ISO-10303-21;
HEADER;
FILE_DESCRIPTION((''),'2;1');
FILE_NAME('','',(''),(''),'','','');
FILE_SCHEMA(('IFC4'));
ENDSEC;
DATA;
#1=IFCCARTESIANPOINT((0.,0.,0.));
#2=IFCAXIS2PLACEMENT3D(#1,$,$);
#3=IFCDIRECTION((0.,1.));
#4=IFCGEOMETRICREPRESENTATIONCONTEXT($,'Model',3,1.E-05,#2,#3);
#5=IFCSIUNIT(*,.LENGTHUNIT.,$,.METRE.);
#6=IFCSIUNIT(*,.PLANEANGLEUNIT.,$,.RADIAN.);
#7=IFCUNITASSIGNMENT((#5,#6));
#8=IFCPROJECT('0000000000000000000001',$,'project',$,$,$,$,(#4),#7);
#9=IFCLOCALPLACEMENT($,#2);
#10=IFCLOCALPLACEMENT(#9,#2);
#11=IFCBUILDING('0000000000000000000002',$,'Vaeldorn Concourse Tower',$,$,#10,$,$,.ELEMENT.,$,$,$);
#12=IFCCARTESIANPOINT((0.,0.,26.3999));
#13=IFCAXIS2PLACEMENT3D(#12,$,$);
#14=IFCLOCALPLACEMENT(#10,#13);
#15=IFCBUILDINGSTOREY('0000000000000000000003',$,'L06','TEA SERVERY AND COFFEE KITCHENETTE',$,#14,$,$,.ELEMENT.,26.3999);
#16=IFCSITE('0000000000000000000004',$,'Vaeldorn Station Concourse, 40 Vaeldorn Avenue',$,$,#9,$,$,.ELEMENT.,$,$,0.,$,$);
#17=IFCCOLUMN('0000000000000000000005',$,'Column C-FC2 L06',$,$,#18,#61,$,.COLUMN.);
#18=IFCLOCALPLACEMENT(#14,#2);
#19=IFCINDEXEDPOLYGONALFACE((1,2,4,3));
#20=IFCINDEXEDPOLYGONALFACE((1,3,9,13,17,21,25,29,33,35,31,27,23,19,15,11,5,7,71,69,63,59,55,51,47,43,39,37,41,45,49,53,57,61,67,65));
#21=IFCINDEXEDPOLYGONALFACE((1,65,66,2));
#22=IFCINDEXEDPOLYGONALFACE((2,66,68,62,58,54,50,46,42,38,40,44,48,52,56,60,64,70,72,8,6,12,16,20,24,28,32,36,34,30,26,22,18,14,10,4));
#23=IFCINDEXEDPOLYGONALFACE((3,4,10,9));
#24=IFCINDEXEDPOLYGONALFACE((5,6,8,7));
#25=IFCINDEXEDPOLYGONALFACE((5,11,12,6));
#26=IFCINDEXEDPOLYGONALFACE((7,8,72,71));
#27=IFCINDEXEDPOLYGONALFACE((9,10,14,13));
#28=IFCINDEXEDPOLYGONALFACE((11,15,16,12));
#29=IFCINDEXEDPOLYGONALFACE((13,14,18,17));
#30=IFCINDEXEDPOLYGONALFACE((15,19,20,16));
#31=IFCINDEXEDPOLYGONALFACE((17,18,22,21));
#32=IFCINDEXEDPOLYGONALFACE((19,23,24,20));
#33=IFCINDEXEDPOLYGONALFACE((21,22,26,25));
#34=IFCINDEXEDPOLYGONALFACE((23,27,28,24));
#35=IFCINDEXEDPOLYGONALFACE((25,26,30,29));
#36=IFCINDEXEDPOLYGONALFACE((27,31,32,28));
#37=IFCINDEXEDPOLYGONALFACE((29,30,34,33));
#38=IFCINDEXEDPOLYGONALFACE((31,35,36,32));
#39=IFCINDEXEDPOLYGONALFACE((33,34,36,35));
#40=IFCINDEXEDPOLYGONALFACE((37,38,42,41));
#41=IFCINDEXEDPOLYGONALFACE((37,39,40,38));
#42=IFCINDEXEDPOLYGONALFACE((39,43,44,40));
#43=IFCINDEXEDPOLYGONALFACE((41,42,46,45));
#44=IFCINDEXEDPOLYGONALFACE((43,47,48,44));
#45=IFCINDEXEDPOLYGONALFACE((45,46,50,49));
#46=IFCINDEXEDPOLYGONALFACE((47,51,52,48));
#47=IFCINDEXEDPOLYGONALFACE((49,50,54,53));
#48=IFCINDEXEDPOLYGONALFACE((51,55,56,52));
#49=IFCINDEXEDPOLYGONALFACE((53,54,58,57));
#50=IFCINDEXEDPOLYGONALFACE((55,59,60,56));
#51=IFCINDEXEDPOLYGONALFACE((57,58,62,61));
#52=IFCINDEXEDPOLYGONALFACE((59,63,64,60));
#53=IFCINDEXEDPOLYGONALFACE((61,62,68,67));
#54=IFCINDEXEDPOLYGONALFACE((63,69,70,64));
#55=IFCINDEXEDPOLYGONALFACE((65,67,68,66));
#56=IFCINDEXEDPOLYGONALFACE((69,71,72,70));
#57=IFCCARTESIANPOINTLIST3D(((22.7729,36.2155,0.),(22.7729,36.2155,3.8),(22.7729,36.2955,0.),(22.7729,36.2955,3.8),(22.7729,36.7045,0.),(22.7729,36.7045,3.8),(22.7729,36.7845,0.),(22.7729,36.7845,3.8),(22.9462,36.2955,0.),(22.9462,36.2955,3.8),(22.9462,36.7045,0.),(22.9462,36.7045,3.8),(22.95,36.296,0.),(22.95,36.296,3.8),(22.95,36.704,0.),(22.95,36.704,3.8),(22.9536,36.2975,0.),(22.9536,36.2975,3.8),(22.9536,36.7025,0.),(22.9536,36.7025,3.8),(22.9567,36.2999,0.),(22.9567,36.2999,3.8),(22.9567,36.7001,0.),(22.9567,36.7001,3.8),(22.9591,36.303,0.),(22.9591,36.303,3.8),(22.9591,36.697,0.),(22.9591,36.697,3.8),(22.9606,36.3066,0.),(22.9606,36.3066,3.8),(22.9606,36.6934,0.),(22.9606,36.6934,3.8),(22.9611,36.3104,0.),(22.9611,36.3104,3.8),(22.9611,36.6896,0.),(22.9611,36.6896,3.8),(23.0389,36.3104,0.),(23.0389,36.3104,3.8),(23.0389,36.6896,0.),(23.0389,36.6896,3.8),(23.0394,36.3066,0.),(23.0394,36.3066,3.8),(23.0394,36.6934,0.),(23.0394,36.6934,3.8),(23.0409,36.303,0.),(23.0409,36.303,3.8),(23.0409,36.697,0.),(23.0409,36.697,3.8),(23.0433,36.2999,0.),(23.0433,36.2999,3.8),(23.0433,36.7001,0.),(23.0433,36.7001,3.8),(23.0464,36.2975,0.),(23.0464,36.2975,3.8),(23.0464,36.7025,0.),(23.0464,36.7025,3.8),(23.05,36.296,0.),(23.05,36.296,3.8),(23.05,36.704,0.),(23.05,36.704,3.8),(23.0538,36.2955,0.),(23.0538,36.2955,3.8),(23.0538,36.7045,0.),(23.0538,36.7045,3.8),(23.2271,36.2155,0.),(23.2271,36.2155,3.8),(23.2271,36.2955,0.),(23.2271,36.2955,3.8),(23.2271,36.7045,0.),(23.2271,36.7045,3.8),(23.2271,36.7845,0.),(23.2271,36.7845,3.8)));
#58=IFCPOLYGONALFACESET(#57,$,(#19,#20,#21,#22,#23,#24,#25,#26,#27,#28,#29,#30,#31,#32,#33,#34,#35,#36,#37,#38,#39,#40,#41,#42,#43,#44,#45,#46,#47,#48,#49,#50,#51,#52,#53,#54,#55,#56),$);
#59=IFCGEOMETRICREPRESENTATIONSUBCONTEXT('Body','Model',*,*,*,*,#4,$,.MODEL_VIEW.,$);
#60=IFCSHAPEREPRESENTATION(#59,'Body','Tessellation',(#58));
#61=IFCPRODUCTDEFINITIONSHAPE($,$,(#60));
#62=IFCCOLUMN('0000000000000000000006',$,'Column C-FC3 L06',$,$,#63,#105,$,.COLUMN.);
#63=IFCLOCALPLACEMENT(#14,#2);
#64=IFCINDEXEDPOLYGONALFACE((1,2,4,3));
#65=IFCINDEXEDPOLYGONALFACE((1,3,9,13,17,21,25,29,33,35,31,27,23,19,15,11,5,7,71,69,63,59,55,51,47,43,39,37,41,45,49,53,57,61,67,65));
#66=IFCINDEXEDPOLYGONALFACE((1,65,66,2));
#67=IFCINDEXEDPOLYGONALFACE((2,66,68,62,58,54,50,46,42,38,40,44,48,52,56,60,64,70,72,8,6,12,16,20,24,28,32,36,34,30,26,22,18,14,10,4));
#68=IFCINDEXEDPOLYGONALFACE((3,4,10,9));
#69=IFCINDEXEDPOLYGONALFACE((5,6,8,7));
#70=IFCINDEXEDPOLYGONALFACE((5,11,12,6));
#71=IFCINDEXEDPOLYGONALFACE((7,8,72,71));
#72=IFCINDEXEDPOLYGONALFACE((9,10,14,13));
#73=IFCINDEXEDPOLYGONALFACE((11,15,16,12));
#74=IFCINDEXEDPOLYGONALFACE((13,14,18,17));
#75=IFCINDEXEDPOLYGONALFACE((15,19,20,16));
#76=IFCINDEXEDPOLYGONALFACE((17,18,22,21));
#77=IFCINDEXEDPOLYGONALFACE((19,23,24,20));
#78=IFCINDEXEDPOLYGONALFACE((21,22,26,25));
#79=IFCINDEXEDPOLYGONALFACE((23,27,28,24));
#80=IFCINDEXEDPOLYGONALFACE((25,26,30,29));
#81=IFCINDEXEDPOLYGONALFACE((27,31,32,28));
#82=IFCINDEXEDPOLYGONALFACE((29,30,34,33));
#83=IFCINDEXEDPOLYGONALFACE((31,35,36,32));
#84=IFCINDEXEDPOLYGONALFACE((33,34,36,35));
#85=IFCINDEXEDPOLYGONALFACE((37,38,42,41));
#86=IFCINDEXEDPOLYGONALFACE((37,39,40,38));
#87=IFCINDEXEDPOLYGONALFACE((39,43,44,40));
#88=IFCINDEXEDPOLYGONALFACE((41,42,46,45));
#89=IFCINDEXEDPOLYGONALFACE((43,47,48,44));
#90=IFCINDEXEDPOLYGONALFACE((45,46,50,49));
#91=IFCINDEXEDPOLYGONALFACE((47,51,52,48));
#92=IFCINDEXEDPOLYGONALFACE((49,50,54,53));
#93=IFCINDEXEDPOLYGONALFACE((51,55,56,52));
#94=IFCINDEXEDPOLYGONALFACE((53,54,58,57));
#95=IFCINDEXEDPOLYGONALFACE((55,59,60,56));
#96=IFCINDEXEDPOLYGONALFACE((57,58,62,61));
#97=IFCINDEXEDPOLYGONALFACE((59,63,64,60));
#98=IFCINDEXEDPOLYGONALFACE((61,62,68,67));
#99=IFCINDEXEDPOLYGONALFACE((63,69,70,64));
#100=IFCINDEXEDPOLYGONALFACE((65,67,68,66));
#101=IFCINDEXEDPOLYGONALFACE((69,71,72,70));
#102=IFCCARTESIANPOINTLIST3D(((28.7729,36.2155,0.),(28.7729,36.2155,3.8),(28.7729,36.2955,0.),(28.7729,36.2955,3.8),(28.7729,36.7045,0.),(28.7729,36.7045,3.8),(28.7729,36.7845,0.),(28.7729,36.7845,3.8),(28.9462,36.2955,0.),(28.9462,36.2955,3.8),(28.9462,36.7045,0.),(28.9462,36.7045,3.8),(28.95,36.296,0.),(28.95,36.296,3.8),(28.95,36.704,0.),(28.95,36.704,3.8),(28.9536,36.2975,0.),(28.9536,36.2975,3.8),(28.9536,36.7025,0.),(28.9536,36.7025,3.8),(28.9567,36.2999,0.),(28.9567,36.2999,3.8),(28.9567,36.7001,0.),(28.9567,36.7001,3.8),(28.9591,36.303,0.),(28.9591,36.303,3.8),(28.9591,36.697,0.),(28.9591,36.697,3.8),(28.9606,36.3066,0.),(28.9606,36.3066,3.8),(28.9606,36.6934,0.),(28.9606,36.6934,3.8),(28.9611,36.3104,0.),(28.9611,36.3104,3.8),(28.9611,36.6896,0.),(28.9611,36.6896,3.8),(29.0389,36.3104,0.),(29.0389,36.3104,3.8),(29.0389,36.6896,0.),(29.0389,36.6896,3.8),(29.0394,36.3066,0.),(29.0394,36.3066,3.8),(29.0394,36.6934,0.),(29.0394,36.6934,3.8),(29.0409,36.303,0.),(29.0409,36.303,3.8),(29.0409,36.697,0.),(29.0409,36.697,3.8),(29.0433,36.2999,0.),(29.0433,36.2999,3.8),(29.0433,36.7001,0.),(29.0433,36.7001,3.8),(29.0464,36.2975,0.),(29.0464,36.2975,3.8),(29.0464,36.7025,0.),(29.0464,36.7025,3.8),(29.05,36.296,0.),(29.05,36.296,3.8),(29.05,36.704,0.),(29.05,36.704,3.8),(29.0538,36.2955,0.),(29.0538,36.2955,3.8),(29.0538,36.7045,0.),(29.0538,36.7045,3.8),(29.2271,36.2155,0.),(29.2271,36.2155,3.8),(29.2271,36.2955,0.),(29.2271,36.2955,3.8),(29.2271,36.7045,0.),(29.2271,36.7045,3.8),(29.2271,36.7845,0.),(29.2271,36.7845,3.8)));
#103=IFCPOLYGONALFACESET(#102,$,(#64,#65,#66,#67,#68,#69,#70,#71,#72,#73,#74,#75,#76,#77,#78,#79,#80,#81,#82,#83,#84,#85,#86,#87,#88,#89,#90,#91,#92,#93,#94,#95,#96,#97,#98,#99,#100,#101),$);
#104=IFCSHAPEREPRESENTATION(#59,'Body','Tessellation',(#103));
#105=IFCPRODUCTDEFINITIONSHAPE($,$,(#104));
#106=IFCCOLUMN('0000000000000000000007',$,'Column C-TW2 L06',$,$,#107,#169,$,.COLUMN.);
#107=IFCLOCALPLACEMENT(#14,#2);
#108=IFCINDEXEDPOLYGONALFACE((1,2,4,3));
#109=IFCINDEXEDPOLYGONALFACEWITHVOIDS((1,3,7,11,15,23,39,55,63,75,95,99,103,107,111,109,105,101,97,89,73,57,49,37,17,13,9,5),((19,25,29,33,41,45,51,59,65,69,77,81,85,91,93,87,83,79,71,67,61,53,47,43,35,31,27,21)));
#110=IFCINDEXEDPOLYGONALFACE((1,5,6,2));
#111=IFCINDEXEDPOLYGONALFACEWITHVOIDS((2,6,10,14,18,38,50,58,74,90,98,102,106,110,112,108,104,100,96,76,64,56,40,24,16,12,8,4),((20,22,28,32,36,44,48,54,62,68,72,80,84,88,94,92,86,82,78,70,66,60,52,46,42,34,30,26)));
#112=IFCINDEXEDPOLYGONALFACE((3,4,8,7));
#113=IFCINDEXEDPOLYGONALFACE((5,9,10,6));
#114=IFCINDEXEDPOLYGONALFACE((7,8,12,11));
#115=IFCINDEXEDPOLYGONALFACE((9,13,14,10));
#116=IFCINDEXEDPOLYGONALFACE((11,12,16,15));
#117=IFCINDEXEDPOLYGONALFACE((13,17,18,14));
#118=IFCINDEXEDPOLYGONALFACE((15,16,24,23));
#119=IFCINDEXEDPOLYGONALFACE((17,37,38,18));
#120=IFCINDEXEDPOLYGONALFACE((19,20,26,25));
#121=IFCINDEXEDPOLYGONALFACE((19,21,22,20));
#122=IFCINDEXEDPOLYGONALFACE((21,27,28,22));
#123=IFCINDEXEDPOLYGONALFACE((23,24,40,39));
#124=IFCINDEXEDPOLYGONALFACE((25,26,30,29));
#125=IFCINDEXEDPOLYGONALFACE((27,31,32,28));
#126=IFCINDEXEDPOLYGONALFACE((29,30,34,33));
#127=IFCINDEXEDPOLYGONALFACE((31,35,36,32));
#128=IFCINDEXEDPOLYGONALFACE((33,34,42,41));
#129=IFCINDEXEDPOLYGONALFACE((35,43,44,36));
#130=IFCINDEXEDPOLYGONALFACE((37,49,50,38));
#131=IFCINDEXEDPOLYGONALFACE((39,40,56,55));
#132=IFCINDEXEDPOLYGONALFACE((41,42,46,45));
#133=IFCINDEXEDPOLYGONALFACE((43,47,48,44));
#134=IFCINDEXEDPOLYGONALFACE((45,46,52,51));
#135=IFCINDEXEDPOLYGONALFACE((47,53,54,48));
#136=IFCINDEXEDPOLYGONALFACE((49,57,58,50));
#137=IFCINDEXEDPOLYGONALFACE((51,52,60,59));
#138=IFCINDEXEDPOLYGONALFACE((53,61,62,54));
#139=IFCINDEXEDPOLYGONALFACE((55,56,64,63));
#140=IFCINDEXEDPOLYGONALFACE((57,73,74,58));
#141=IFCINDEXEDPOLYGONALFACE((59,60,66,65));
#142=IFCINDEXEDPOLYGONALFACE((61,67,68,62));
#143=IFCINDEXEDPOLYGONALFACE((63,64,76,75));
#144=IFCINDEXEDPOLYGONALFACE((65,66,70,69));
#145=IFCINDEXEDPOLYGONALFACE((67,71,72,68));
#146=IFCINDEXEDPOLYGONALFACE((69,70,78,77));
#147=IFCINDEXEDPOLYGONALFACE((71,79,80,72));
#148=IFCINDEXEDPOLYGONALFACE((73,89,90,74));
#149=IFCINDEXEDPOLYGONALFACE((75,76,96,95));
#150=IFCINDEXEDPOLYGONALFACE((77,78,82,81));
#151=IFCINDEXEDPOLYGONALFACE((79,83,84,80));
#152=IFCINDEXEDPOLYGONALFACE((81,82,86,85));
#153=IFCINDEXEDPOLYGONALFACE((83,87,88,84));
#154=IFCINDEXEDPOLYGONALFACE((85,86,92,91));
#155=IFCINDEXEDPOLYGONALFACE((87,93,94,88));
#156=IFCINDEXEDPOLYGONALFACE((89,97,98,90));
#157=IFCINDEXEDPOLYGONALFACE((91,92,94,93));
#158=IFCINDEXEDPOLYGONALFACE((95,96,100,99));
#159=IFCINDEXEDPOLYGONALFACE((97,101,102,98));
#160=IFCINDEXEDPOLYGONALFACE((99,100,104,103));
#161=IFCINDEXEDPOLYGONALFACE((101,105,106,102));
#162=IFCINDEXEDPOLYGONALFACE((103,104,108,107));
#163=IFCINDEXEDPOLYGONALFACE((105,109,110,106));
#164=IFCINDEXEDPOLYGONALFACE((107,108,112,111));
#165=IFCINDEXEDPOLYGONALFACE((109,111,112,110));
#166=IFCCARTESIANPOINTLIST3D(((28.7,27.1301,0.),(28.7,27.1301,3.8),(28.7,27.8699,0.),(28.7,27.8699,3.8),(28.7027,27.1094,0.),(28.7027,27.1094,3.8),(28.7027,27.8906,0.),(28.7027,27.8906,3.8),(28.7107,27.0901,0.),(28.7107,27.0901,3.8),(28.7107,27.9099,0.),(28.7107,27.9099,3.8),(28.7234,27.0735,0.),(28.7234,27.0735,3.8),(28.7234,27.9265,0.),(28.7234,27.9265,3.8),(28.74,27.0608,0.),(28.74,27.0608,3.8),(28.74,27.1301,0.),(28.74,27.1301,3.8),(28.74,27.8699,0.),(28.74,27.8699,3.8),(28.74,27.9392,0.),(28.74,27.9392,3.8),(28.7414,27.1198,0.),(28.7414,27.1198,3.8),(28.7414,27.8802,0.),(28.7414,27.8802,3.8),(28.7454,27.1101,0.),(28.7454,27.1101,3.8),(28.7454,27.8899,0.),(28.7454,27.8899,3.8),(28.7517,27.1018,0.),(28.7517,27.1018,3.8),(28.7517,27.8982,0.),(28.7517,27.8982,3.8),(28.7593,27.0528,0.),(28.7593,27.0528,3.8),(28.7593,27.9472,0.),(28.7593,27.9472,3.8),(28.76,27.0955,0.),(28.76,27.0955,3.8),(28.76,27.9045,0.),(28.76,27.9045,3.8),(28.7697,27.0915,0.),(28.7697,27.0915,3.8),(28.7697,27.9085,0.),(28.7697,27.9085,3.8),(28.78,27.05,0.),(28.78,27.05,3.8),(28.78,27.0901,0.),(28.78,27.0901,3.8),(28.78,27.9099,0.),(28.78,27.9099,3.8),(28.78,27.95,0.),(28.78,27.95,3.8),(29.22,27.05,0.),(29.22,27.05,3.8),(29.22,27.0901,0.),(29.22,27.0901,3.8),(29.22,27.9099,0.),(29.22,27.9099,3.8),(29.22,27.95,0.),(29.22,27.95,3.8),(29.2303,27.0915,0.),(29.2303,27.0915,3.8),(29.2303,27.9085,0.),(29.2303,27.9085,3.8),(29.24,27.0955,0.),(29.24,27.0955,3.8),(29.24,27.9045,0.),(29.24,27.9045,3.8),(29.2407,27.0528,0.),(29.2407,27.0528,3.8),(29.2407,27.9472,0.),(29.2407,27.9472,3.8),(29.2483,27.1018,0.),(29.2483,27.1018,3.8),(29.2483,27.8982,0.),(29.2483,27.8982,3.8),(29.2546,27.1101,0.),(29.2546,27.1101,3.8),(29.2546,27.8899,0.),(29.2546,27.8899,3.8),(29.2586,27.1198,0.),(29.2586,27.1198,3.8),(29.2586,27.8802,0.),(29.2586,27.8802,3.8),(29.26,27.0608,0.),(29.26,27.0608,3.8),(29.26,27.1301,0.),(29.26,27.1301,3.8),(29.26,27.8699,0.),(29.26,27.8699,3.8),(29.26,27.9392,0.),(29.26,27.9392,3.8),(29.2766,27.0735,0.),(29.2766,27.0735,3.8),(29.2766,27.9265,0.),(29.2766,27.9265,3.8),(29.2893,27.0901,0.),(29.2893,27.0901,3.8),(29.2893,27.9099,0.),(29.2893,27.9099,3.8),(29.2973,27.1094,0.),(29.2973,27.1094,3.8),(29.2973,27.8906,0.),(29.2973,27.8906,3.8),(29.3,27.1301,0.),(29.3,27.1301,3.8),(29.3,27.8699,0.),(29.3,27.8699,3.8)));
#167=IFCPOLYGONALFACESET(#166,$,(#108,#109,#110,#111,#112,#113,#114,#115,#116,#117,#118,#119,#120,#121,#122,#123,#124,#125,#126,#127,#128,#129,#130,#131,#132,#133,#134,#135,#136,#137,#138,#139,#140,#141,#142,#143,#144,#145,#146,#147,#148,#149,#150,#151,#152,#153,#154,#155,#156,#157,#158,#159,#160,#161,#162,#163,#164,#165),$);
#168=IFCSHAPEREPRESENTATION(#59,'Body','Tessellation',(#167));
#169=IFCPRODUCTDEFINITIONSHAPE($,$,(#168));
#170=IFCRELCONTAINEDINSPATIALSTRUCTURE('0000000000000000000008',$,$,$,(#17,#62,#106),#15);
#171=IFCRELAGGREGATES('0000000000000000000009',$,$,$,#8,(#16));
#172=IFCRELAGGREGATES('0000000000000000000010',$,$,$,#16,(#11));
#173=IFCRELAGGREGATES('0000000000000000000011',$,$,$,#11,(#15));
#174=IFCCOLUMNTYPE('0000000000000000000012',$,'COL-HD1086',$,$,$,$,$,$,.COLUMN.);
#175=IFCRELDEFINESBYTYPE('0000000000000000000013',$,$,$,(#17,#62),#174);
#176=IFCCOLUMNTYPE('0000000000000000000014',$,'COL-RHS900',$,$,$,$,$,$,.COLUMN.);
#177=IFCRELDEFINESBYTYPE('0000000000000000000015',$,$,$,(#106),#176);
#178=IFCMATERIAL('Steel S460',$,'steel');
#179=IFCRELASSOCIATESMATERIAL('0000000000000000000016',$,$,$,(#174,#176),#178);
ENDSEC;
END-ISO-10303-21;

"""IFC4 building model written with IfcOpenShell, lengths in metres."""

from ifc_helpers import new_model, si_unit, direction, frame, origin, origin_2d, place, context, subcontext, project, spatial, hollow_rectangle, i_section, extrude, source, transform, mapped, material, material_profile, profile_set, type_object, element, save


model = new_model("IFC4")

# Units and contexts
model_context = context("Model", 3, precision=1e-05, world=origin(), true_north=direction((0.0, 1.0)))
body_context = subcontext(model_context, "Body", "Model", "MODEL_VIEW")
ifc_project = project(units=[si_unit("LENGTHUNIT", "METRE"), si_unit("PLANEANGLEUNIT", "RADIAN")], contexts=[model_context])

# Site, building, storey
site_placement = place(None, origin())
site = spatial("IfcSite", under=ifc_project, at=site_placement, Name="Vaeldorn Station Concourse, 40 Vaeldorn Avenue", CompositionType="ELEMENT", RefElevation=0.0)
building_placement = place(site_placement, origin())
building = spatial("IfcBuilding", under=site, at=building_placement, Name="Vaeldorn Concourse Tower", CompositionType="ELEMENT")
storey_placement = place(building_placement, frame((0.0, 0.0, 26.3999)))
storey = spatial("IfcBuildingStorey", under=building, at=storey_placement, Name="L06", Description="TEA SERVERY AND COFFEE KITCHENETTE", CompositionType="ELEMENT", Elevation=26.3999)

# Columns
ifc_material_1 = material(Name="Steel S460", Category="steel")
ifc_material_profile_1 = material_profile(ifc_material_1, i_section(OverallWidth=0.4541, OverallDepth=0.5691, WebThickness=0.0779, FlangeThickness=0.0801, FilletRadius=0.0149, at=origin_2d()), Name="HD 400x1086")
ifc_profile_set_1 = profile_set([ifc_material_profile_1], Name="Steel S460")
column_type_1 = type_object("IfcColumnType", Name="COL-HD1086", PredefinedType="COLUMN", material=ifc_profile_set_1)
shared_shape_1 = source(origin(), body_context, "Body", "SweptSolid", [
    extrude(i_section(OverallWidth=0.4541, OverallDepth=0.5691, WebThickness=0.0779, FlangeThickness=0.0801, FilletRadius=0.0149, at=origin_2d()), origin(), (0.0, 0.0, 1.0), 3.8),
])
for number, where, z_axis, x_axis, name in (
    (1, (23.0, 36.5, 0.0), (0.0, 0.0, 1.0), (1.0, 0.0, 0.0), "Column C-FC2 L06"),
    (2, (29.0, 36.5, 0.0), (0.0, 0.0, 1.0), (1.0, 0.0, 0.0), "Column C-FC3 L06"),
):
    element("IfcColumn", number, at=place(storey_placement, frame(where, z_axis=z_axis, x_axis=x_axis)), inside=storey, type_object=column_type_1, Name=name, PredefinedType="COLUMN", context=body_context, shape_type="MappedRepresentation", body=[
        mapped(shared_shape_1, transform((0.0, 0.0, 0.0), scale=1.0)),
    ])
ifc_material_profile_2 = material_profile(ifc_material_1, hollow_rectangle(XDim=0.6001, YDim=0.8999, WallThickness=0.04, InnerFilletRadius=0.04, OuterFilletRadius=0.0801, at=origin_2d()), Name="RHS 900x600x40")
ifc_profile_set_2 = profile_set([ifc_material_profile_2], Name="Steel S460")
column_type_2 = type_object("IfcColumnType", Name="COL-RHS900", PredefinedType="COLUMN", material=ifc_profile_set_2)
shared_shape_2 = source(origin(), body_context, "Body", "SweptSolid", [
    extrude(hollow_rectangle(XDim=0.6001, YDim=0.8999, WallThickness=0.04, InnerFilletRadius=0.04, OuterFilletRadius=0.0801, at=origin_2d()), origin(), (0.0, 0.0, 1.0), 3.8),
])
column_placement = place(storey_placement, frame((29.0, 27.5, 0.0), z_axis=(0.0, 0.0, 1.0), x_axis=(1.0, 0.0, 0.0)))
element("IfcColumn", 3, at=column_placement, inside=storey, type_object=column_type_2, Name="Column C-TW2 L06", PredefinedType="COLUMN", context=body_context, shape_type="MappedRepresentation", body=[
    mapped(shared_shape_2, transform((0.0, 0.0, 0.0), scale=1.0)),
])

save(model, "model.ifc")
